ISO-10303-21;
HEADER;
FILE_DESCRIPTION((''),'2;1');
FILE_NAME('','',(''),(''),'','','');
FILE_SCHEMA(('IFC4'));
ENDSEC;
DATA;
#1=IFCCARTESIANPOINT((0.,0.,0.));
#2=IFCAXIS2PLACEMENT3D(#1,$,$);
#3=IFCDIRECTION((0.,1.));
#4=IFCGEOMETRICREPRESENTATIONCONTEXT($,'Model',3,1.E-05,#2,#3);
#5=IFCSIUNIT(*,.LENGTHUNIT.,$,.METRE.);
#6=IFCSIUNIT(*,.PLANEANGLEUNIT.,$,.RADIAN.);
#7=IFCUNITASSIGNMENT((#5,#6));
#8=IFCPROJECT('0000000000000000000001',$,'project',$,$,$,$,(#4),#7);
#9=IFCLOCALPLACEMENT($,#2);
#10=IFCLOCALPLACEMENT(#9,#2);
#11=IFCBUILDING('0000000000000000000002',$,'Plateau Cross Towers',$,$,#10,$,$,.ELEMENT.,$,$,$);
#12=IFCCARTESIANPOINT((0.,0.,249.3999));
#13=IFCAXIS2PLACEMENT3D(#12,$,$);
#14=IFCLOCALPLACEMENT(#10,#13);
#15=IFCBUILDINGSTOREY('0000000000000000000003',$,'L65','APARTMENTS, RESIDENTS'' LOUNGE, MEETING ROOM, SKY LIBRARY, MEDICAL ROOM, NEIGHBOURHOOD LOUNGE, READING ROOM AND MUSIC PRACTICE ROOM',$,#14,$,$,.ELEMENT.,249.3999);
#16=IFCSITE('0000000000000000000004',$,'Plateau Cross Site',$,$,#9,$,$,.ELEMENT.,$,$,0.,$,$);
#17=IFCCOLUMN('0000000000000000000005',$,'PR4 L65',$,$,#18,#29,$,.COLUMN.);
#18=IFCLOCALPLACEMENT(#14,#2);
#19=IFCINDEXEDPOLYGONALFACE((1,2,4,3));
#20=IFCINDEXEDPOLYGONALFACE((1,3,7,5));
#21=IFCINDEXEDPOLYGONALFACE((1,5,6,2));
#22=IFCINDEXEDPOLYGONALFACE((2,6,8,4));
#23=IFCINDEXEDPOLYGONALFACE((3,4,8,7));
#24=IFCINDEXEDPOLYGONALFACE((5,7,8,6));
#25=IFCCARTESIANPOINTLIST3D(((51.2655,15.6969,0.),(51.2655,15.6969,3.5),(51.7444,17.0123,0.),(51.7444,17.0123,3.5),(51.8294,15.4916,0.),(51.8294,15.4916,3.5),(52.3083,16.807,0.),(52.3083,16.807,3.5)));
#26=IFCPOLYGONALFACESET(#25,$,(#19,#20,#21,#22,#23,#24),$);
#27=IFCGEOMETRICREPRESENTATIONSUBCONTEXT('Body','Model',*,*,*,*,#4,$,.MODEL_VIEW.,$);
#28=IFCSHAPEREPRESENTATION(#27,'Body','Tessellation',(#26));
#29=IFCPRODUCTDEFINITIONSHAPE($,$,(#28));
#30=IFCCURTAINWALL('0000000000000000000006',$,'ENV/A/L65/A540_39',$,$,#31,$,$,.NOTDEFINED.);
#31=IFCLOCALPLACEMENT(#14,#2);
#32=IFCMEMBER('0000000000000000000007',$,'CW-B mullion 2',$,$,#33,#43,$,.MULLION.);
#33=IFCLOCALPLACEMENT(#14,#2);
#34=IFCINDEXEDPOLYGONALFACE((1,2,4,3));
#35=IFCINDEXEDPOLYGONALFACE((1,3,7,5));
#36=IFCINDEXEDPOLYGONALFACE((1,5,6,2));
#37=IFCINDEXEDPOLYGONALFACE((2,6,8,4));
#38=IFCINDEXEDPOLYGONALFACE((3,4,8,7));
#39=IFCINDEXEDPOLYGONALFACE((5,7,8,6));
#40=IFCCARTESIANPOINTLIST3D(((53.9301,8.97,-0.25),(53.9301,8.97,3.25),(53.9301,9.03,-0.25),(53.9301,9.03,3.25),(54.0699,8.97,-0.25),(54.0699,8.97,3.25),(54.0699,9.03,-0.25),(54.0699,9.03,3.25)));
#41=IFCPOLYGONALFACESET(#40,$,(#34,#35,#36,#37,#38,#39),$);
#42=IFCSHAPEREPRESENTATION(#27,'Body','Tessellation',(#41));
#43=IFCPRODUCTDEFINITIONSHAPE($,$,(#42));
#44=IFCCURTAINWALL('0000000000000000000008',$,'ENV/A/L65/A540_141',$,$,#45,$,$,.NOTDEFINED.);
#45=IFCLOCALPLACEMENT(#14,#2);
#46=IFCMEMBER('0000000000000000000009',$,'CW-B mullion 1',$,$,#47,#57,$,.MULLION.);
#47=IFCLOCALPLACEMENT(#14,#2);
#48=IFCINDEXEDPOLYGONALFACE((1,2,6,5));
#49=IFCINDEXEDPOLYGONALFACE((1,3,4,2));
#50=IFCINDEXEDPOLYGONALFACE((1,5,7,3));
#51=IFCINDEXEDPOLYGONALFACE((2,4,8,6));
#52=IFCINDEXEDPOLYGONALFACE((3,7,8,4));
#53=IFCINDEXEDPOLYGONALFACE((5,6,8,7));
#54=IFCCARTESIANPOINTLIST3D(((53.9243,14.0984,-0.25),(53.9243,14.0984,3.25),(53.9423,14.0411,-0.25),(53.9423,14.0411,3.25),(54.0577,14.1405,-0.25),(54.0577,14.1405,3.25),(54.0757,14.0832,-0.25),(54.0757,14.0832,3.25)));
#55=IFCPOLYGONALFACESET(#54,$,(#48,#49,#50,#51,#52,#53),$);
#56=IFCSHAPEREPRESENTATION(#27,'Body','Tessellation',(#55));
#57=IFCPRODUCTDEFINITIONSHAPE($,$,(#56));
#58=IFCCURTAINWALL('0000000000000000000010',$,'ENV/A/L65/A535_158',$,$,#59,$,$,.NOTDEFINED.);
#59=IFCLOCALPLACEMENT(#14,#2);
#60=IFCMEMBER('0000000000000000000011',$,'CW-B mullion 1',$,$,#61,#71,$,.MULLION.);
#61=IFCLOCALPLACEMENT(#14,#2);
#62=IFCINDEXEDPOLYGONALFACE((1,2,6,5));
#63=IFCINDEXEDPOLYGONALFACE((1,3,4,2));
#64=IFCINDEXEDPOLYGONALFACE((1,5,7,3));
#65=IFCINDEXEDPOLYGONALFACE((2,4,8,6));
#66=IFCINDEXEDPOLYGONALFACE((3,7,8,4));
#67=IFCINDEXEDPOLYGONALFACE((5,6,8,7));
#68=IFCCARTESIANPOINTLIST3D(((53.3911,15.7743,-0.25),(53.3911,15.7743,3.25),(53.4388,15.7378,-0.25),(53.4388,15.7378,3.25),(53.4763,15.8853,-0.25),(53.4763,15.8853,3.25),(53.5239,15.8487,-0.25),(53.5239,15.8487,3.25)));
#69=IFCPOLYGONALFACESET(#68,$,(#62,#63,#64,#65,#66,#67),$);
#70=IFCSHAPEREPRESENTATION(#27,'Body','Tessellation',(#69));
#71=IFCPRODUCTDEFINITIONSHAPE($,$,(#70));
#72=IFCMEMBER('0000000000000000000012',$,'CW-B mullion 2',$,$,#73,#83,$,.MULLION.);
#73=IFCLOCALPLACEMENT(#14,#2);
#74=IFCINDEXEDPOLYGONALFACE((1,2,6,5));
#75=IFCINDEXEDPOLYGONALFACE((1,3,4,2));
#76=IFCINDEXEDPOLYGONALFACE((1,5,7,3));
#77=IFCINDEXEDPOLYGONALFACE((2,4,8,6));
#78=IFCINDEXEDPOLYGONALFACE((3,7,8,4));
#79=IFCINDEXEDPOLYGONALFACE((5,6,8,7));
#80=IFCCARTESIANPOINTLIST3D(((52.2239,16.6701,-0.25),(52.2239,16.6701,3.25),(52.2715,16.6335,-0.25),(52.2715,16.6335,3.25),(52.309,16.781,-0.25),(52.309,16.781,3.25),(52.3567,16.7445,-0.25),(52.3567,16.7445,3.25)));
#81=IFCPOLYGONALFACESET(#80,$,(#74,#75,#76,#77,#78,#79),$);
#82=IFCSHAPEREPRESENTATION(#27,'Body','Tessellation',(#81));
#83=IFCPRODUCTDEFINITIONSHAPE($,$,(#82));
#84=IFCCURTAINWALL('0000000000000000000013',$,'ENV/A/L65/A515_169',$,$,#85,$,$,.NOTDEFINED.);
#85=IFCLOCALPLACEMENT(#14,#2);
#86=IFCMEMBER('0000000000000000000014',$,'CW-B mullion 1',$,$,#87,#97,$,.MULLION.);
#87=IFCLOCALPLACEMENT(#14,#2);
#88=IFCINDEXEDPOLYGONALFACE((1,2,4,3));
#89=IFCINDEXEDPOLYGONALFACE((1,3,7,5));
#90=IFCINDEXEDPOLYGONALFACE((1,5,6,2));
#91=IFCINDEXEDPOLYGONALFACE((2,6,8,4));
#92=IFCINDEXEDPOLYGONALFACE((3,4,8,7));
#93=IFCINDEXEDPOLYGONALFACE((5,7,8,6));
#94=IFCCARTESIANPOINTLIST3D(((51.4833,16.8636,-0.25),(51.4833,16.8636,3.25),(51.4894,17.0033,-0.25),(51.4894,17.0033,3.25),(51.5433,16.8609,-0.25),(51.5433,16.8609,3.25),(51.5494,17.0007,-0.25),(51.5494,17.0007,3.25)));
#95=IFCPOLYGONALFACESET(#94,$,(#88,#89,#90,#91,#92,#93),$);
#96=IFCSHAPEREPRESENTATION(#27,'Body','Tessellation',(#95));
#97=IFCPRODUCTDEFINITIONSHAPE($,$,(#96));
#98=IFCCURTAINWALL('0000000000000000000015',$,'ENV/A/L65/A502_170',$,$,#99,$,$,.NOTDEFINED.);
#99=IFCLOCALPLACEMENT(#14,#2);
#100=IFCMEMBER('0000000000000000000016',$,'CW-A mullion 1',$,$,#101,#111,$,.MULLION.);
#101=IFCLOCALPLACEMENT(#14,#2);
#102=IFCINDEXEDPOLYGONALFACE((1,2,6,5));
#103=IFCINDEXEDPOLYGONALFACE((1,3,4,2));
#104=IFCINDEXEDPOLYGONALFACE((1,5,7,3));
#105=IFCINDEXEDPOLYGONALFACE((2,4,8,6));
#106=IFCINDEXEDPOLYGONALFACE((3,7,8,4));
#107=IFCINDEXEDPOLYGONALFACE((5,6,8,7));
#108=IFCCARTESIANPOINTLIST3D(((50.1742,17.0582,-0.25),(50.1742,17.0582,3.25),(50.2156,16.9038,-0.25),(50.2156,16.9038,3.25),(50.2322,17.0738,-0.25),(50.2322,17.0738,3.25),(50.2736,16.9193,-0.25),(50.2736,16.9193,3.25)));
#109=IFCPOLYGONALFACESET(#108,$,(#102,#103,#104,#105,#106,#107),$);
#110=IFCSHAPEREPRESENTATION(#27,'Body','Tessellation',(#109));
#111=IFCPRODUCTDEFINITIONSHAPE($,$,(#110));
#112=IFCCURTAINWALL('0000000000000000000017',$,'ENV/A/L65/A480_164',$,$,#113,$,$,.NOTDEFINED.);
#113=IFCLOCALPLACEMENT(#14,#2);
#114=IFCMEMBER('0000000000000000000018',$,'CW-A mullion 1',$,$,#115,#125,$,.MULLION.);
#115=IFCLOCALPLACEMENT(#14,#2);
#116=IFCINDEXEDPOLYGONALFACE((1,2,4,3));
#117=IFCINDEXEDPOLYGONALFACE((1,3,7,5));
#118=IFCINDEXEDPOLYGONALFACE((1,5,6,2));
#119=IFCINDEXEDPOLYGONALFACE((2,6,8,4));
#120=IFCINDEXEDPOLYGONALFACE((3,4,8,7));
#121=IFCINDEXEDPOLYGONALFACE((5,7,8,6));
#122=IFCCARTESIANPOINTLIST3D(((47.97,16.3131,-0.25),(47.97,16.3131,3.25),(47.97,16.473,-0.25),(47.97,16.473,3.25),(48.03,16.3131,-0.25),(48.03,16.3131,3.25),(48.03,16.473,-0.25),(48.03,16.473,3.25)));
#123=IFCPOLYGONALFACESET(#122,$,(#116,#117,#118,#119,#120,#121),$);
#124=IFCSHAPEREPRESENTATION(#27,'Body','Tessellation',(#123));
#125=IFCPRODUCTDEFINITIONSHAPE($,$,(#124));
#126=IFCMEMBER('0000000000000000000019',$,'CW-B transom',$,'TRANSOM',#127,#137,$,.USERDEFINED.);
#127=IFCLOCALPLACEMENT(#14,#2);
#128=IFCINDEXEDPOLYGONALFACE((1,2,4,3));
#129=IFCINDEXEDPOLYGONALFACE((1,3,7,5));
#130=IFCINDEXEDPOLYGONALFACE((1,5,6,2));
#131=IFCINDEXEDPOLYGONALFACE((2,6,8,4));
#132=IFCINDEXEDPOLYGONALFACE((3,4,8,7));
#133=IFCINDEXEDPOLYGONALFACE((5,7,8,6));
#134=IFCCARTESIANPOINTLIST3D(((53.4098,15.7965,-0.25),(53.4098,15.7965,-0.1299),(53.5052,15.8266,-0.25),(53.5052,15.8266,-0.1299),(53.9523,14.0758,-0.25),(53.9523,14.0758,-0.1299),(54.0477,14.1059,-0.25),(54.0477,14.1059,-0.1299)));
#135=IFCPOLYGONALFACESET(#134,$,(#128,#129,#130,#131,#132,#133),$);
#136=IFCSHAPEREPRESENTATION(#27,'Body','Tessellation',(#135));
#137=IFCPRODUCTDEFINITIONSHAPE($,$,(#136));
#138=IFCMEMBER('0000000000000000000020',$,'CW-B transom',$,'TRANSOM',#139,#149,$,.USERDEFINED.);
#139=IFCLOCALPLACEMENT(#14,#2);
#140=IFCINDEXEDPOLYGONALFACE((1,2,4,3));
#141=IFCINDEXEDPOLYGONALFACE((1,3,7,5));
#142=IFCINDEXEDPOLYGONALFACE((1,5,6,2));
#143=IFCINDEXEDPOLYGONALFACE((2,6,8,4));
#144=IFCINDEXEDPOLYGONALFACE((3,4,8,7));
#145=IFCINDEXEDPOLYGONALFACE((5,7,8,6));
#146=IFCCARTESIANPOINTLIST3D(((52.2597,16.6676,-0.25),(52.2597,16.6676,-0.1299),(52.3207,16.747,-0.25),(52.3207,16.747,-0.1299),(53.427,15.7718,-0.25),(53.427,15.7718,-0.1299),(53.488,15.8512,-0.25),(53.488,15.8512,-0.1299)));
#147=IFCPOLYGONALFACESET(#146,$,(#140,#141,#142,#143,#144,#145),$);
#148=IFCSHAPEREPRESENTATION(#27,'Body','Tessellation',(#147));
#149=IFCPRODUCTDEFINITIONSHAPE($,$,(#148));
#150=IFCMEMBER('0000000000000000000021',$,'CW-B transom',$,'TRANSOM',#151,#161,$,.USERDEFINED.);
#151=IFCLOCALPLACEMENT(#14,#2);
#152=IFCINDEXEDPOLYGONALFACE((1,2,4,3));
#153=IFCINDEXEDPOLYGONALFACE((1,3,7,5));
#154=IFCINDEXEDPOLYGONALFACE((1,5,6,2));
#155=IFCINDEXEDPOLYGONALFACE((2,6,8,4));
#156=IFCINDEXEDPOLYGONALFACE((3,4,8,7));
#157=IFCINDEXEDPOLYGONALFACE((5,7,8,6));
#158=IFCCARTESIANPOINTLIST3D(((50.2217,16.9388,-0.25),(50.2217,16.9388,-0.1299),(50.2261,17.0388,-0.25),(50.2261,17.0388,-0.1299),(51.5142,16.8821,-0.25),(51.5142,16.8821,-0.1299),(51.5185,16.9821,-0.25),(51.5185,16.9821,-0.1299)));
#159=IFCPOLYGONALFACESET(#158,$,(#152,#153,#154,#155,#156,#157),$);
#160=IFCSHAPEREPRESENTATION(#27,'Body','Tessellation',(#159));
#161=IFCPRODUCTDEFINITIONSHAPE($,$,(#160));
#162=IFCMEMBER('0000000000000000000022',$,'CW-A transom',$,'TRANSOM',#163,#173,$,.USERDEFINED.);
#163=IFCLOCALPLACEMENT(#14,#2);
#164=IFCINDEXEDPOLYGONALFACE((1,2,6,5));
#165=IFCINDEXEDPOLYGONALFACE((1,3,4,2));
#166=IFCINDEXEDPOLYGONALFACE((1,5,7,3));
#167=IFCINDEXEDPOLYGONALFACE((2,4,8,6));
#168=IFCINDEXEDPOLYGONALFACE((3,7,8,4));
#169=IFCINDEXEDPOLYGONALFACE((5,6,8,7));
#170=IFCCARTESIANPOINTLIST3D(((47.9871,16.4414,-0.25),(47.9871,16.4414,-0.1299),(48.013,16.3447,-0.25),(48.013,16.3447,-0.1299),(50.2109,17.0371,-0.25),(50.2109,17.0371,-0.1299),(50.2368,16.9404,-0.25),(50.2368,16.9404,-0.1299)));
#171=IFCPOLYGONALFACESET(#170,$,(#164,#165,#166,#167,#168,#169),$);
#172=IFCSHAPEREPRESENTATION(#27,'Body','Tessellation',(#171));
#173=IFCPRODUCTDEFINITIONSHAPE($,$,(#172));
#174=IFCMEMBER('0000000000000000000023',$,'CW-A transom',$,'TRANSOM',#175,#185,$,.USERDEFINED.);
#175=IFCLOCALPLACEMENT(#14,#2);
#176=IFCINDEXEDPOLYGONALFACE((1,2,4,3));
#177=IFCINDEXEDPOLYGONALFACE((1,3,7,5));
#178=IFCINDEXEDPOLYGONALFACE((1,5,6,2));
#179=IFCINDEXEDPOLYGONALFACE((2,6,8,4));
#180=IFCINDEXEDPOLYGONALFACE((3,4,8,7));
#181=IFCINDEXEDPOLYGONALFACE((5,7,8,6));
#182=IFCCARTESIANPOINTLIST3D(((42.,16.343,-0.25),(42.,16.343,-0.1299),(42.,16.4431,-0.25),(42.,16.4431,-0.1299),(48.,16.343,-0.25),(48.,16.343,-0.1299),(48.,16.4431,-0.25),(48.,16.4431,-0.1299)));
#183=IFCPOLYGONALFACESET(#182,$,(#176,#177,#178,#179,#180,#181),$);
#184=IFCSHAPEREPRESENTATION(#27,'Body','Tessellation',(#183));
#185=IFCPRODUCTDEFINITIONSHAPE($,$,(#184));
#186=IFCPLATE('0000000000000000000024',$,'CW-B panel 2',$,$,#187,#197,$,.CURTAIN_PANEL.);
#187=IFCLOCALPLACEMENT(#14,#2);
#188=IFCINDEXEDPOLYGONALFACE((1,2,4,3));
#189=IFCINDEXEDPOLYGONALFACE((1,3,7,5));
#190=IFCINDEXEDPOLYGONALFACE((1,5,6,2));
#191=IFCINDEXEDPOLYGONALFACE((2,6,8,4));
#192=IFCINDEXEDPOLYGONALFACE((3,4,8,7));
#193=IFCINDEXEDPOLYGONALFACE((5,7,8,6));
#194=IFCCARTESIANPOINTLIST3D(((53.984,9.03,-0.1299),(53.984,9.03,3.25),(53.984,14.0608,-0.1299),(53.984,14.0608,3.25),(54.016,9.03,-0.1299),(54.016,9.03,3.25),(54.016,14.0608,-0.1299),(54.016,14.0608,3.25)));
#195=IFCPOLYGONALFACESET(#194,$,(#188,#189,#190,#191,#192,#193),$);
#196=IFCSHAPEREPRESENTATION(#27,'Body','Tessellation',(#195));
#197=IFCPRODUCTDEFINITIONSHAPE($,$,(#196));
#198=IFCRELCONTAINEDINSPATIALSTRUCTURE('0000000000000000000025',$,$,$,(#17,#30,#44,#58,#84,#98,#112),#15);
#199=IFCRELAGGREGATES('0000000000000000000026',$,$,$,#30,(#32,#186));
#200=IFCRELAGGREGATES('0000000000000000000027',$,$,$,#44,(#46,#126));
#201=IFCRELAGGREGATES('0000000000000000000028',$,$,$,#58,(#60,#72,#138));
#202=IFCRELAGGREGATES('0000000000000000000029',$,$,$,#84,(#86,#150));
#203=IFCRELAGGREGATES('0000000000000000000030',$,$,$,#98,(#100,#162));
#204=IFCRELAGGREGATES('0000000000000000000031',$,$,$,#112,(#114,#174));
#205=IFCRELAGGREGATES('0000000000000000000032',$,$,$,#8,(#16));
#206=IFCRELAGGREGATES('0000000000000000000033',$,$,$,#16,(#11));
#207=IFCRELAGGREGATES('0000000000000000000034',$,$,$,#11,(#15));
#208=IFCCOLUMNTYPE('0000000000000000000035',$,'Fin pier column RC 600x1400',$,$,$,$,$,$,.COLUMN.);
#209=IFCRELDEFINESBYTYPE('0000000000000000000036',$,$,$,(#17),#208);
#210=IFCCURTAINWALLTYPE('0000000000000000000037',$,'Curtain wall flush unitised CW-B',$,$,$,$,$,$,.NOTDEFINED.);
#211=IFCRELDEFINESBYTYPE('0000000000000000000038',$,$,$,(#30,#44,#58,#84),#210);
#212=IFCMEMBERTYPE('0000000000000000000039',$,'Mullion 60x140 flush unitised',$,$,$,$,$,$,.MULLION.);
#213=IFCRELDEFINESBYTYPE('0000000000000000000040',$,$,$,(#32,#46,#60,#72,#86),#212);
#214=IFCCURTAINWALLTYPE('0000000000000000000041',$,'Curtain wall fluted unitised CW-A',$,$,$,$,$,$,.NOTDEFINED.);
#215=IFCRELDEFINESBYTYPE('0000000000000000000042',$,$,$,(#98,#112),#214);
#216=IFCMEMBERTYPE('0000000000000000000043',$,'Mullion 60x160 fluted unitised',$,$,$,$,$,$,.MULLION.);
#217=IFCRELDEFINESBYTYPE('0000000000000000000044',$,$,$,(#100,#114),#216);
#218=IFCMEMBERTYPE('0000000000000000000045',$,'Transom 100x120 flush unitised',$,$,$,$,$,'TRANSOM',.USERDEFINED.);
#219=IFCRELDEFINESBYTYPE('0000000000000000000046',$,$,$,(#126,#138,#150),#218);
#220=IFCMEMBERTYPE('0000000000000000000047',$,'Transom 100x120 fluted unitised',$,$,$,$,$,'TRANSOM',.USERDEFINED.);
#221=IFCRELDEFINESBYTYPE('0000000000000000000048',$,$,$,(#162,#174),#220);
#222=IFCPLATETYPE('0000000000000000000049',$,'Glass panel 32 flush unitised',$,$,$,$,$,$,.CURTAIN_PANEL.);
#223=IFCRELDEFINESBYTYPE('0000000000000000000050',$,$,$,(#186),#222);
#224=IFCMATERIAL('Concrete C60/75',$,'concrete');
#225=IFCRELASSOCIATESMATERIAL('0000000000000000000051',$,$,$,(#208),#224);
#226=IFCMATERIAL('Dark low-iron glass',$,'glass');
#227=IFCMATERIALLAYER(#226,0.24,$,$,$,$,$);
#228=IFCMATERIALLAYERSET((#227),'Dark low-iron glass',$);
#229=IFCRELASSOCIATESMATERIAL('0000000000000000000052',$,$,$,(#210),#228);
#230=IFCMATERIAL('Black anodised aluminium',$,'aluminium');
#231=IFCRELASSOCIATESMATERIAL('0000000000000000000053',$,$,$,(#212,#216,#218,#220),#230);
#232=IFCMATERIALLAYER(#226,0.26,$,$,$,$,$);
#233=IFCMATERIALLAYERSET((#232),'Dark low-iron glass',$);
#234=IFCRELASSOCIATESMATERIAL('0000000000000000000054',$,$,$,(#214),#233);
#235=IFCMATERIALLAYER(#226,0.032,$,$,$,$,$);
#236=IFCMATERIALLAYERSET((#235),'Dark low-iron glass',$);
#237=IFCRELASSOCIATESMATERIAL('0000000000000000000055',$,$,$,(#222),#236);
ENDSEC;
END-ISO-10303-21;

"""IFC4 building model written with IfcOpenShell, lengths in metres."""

from ifc_helpers import new_model, si_unit, direction, frame, origin, origin_2d, place, context, subcontext, project, spatial, rectangle, extrude, material, layer, layer_set, material_profile, profile_set, type_object, element, aggregate, save


model = new_model("IFC4")

# Units and contexts
model_context = context("Model", 3, precision=1e-05, world=origin(), true_north=direction((0.0, 1.0)))
body_context = subcontext(model_context, "Body", "Model", "MODEL_VIEW")
ifc_project = project(units=[si_unit("LENGTHUNIT", "METRE"), si_unit("PLANEANGLEUNIT", "RADIAN")], contexts=[model_context])

# Site, building, storey
site_placement = place(None, origin())
site = spatial("IfcSite", under=ifc_project, at=site_placement, Name="Plateau Cross Site", CompositionType="ELEMENT", RefElevation=0.0)
building_placement = place(site_placement, origin())
building = spatial("IfcBuilding", under=site, at=building_placement, Name="Plateau Cross Towers", CompositionType="ELEMENT")
storey_placement = place(building_placement, frame((0.0, 0.0, 249.3999)))
storey = spatial("IfcBuildingStorey", under=building, at=storey_placement, Name="L65", Description="APARTMENTS, RESIDENTS' LOUNGE, MEETING ROOM, SKY LIBRARY, MEDICAL ROOM, NEIGHBOURHOOD LOUNGE, READING ROOM AND MUSIC PRACTICE ROOM", CompositionType="ELEMENT", Elevation=249.3999)

# Column
ifc_material_1 = material(Name="Concrete C60/75", Category="concrete")
ifc_material_profile_1 = material_profile(ifc_material_1, rectangle(XDim=0.6001, YDim=1.3999, at=origin_2d()), Name="RC 600x1400")
ifc_profile_set_1 = profile_set([ifc_material_profile_1], Name="Concrete C60/75")
column_type = type_object("IfcColumnType", Name="Fin pier column RC 600x1400", PredefinedType="COLUMN", material=ifc_profile_set_1)
column_placement = place(storey_placement, frame((51.7869, 16.252, 0.0), z_axis=(0.0, 0.0, 1.0), x_axis=(-0.939664, 0.342098, 0.0)))
element("IfcColumn", 1, at=column_placement, inside=storey, type_object=column_type, Name="PR4 L65", PredefinedType="COLUMN", context=body_context, shape_type="SweptSolid", body=[
    extrude(rectangle(XDim=0.6001, YDim=1.3999, at=origin_2d()), origin(), (0.0, 0.0, 1.0), 3.5),
])

# Curtain walls, members
ifc_material_2 = material(Name="Dark low-iron glass", Category="glass")
ifc_layer_1 = layer(ifc_material_2, 0.24)
ifc_layer_set_1 = layer_set([ifc_layer_1], Name="Dark low-iron glass")
curtain_wall_type_1 = type_object("IfcCurtainWallType", Name="Curtain wall flush unitised CW-B", PredefinedType="NOTDEFINED", material=ifc_layer_set_1)
curtain_wall_1_placement = place(storey_placement, origin())
curtain_wall_1 = element("IfcCurtainWall", 2, at=curtain_wall_1_placement, inside=storey, type_object=curtain_wall_type_1, Name="ENV/A/L65/A540_39", PredefinedType="NOTDEFINED")
ifc_material_3 = material(Name="Black anodised aluminium", Category="aluminium")
ifc_material_profile_2 = material_profile(ifc_material_3, rectangle(XDim=0.0601, YDim=0.1399, at=origin_2d()), Name="MULLION 60x140")
ifc_profile_set_2 = profile_set([ifc_material_profile_2], Name="Black anodised aluminium")
member_type_1 = type_object("IfcMemberType", Name="Mullion 60x140 flush unitised", PredefinedType="MULLION", material=ifc_profile_set_2)
member_1_placement = place(storey_placement, frame((54.0, 9.0, -0.25), z_axis=(0.0, 0.0, 1.0), x_axis=(0.0, 1.0, 0.0)))
member_1 = element("IfcMember", 3, at=member_1_placement, type_object=member_type_1, Name="CW-B mullion 2", PredefinedType="MULLION", context=body_context, shape_type="SweptSolid", body=[
    extrude(rectangle(XDim=0.0601, YDim=0.1399, at=origin_2d()), origin(), (0.0, 0.0, 1.0), 3.5),
])
curtain_wall_2_placement = place(storey_placement, origin())
curtain_wall_2 = element("IfcCurtainWall", 4, at=curtain_wall_2_placement, inside=storey, type_object=curtain_wall_type_1, Name="ENV/A/L65/A540_141", PredefinedType="NOTDEFINED")
member_2_placement = place(storey_placement, frame((54.0, 14.0908, -0.25), z_axis=(0.0, 0.0, 1.0), x_axis=(-0.300686, 0.953723, 0.0)))
member_2 = element("IfcMember", 5, at=member_2_placement, type_object=member_type_1, Name="CW-B mullion 1", PredefinedType="MULLION", context=body_context, shape_type="SweptSolid", body=[
    extrude(rectangle(XDim=0.0601, YDim=0.1399, at=origin_2d()), origin(), (0.0, 0.0, 1.0), 3.5),
])

# Curtain wall, members
curtain_wall_3_placement = place(storey_placement, origin())
curtain_wall_3 = element("IfcCurtainWall", 6, at=curtain_wall_3_placement, inside=storey, type_object=curtain_wall_type_1, Name="ENV/A/L65/A535_158", PredefinedType="NOTDEFINED")
member_3_placement = place(storey_placement, frame((53.4575, 15.8115, -0.25), z_axis=(0.0, 0.0, 1.0), x_axis=(-0.793316, 0.608811, 0.0)))
member_3 = element("IfcMember", 7, at=member_3_placement, type_object=member_type_1, Name="CW-B mullion 1", PredefinedType="MULLION", context=body_context, shape_type="SweptSolid", body=[
    extrude(rectangle(XDim=0.0601, YDim=0.1399, at=origin_2d()), origin(), (0.0, 0.0, 1.0), 3.5),
])
member_4_placement = place(storey_placement, frame((52.2903, 16.7073, -0.25), z_axis=(0.0, 0.0, 1.0), x_axis=(-0.793316, 0.608811, 0.0)))
member_4 = element("IfcMember", 8, at=member_4_placement, type_object=member_type_1, Name="CW-B mullion 2", PredefinedType="MULLION", context=body_context, shape_type="SweptSolid", body=[
    extrude(rectangle(XDim=0.0601, YDim=0.1399, at=origin_2d()), origin(), (0.0, 0.0, 1.0), 3.5),
])

# Curtain walls, members
curtain_wall_4_placement = place(storey_placement, origin())
curtain_wall_4 = element("IfcCurtainWall", 9, at=curtain_wall_4_placement, inside=storey, type_object=curtain_wall_type_1, Name="ENV/A/L65/A515_169", PredefinedType="NOTDEFINED")
member_5_placement = place(storey_placement, frame((51.5164, 16.9321, -0.25), z_axis=(0.0, 0.0, 1.0), x_axis=(-0.999044, 0.043723, 0.0)))
member_5 = element("IfcMember", 10, at=member_5_placement, type_object=member_type_1, Name="CW-B mullion 1", PredefinedType="MULLION", context=body_context, shape_type="SweptSolid", body=[
    extrude(rectangle(XDim=0.0601, YDim=0.1399, at=origin_2d()), origin(), (0.0, 0.0, 1.0), 3.5),
])
ifc_layer_2 = layer(ifc_material_2, 0.26)
ifc_layer_set_2 = layer_set([ifc_layer_2], Name="Dark low-iron glass")
curtain_wall_type_2 = type_object("IfcCurtainWallType", Name="Curtain wall fluted unitised CW-A", PredefinedType="NOTDEFINED", material=ifc_layer_set_2)
curtain_wall_5_placement = place(storey_placement, origin())
curtain_wall_5 = element("IfcCurtainWall", 11, at=curtain_wall_5_placement, inside=storey, type_object=curtain_wall_type_2, Name="ENV/A/L65/A502_170", PredefinedType="NOTDEFINED")
ifc_material_profile_3 = material_profile(ifc_material_3, rectangle(XDim=0.0601, YDim=0.1599, at=origin_2d()), Name="MULLION 60x160")
ifc_profile_set_3 = profile_set([ifc_material_profile_3], Name="Black anodised aluminium")
member_type_2 = type_object("IfcMemberType", Name="Mullion 60x160 fluted unitised", PredefinedType="MULLION", material=ifc_profile_set_3)
member_6_placement = place(storey_placement, frame((50.2239, 16.9888, -0.25), z_axis=(0.0, 0.0, 1.0), x_axis=(-0.965958, -0.258699, 0.0)))
member_6 = element("IfcMember", 12, at=member_6_placement, type_object=member_type_2, Name="CW-A mullion 1", PredefinedType="MULLION", context=body_context, shape_type="SweptSolid", body=[
    extrude(rectangle(XDim=0.0601, YDim=0.1599, at=origin_2d()), origin(), (0.0, 0.0, 1.0), 3.5),
])
curtain_wall_6_placement = place(storey_placement, origin())
curtain_wall_6 = element("IfcCurtainWall", 13, at=curtain_wall_6_placement, inside=storey, type_object=curtain_wall_type_2, Name="ENV/A/L65/A480_164", PredefinedType="NOTDEFINED")
member_7_placement = place(storey_placement, frame((48.0, 16.3931, -0.25), z_axis=(0.0, 0.0, 1.0), x_axis=(-1.0, 0.0, 0.0)))
member_7 = element("IfcMember", 14, at=member_7_placement, type_object=member_type_2, Name="CW-A mullion 1", PredefinedType="MULLION", context=body_context, shape_type="SweptSolid", body=[
    extrude(rectangle(XDim=0.0601, YDim=0.1599, at=origin_2d()), origin(), (0.0, 0.0, 1.0), 3.5),
])

# Members
ifc_material_profile_4 = material_profile(ifc_material_3, rectangle(XDim=0.1001, YDim=0.1201, at=origin_2d()), Name="TRANSOM 100x120")
ifc_profile_set_4 = profile_set([ifc_material_profile_4], Name="Black anodised aluminium")
member_type_3 = type_object("IfcMemberType", Name="Transom 100x120 flush unitised", ElementType="TRANSOM", PredefinedType="USERDEFINED", material=ifc_profile_set_4)
member_8_placement = place(storey_placement, frame((54.0, 14.0908, -0.1899), z_axis=(-0.300678, 0.953726, 0.0), x_axis=(-0.953726, -0.300678, 0.0)))
member_8 = element("IfcMember", 15, at=member_8_placement, type_object=member_type_3, Name="CW-B transom", ObjectType="TRANSOM", PredefinedType="USERDEFINED", context=body_context, shape_type="SweptSolid", body=[
    extrude(rectangle(XDim=0.1001, YDim=0.1201, at=origin_2d()), origin(), (0.0, 0.0, 1.0), 1.8042),
])
member_9_placement = place(storey_placement, frame((53.4575, 15.8115, -0.1899), z_axis=(-0.793321, 0.608804, 0.0), x_axis=(-0.608804, -0.793321, 0.0)))
member_9 = element("IfcMember", 16, at=member_9_placement, type_object=member_type_3, Name="CW-B transom", ObjectType="TRANSOM", PredefinedType="USERDEFINED", context=body_context, shape_type="SweptSolid", body=[
    extrude(rectangle(XDim=0.1001, YDim=0.1201, at=origin_2d()), origin(), (0.0, 0.0, 1.0), 1.4714),
])
member_10_placement = place(storey_placement, frame((51.5164, 16.9321, -0.1899), z_axis=(-0.999041, 0.043781, 0.0), x_axis=(-0.043781, -0.999041, 0.0)))
member_10 = element("IfcMember", 17, at=member_10_placement, type_object=member_type_3, Name="CW-B transom", ObjectType="TRANSOM", PredefinedType="USERDEFINED", context=body_context, shape_type="SweptSolid", body=[
    extrude(rectangle(XDim=0.1001, YDim=0.1201, at=origin_2d()), origin(), (0.0, 0.0, 1.0), 1.2937),
])
ifc_material_profile_5 = material_profile(ifc_material_3, rectangle(XDim=0.1001, YDim=0.1201, at=origin_2d()), Name="TRANSOM 100x120")
ifc_profile_set_5 = profile_set([ifc_material_profile_5], Name="Black anodised aluminium")
member_type_4 = type_object("IfcMemberType", Name="Transom 100x120 fluted unitised", ElementType="TRANSOM", PredefinedType="USERDEFINED", material=ifc_profile_set_5)
member_11_placement = place(storey_placement, frame((50.2239, 16.9888, -0.1899), z_axis=(-0.965946, -0.258745, 0.0), x_axis=(0.258745, -0.965946, 0.0)))
member_11 = element("IfcMember", 18, at=member_11_placement, type_object=member_type_4, Name="CW-A transom", ObjectType="TRANSOM", PredefinedType="USERDEFINED", context=body_context, shape_type="SweptSolid", body=[
    extrude(rectangle(XDim=0.1001, YDim=0.1201, at=origin_2d()), origin(), (0.0, 0.0, 1.0), 2.3022),
])
member_12_placement = place(storey_placement, frame((48.0, 16.3931, -0.1899), z_axis=(-1.0, 0.0, 0.0), x_axis=(0.0, -1.0, 0.0)))
member_12 = element("IfcMember", 19, at=member_12_placement, type_object=member_type_4, Name="CW-A transom", ObjectType="TRANSOM", PredefinedType="USERDEFINED", context=body_context, shape_type="SweptSolid", body=[
    extrude(rectangle(XDim=0.1001, YDim=0.1201, at=origin_2d()), origin(), (0.0, 0.0, 1.0), 6.0),
])

# Plate
ifc_layer_3 = layer(ifc_material_2, 0.032)
ifc_layer_set_3 = layer_set([ifc_layer_3], Name="Dark low-iron glass")
plate_type_1 = type_object("IfcPlateType", Name="Glass panel 32 flush unitised", PredefinedType="CURTAIN_PANEL", material=ifc_layer_set_3)
plate_1_placement = place(storey_placement, frame((54.0, 11.5454, -0.1299), z_axis=(0.0, 0.0, 1.0), x_axis=(0.0, 1.0, 0.0)))
plate_1 = element("IfcPlate", 20, at=plate_1_placement, type_object=plate_type_1, Name="CW-B panel 2", PredefinedType="CURTAIN_PANEL", context=body_context, shape_type="SweptSolid", body=[
    extrude(rectangle(XDim=5.0308, YDim=0.032, at=origin_2d()), origin(), (0.0, 0.0, 1.0), 3.3799),
])
aggregate(curtain_wall_1, [member_1, plate_1])
aggregate(curtain_wall_2, [member_2, member_8])
aggregate(curtain_wall_3, [member_3, member_4, member_9])
aggregate(curtain_wall_4, [member_5, member_10])
aggregate(curtain_wall_5, [member_6, member_11])
aggregate(curtain_wall_6, [member_7, member_12])

save(model, "model.ifc")
